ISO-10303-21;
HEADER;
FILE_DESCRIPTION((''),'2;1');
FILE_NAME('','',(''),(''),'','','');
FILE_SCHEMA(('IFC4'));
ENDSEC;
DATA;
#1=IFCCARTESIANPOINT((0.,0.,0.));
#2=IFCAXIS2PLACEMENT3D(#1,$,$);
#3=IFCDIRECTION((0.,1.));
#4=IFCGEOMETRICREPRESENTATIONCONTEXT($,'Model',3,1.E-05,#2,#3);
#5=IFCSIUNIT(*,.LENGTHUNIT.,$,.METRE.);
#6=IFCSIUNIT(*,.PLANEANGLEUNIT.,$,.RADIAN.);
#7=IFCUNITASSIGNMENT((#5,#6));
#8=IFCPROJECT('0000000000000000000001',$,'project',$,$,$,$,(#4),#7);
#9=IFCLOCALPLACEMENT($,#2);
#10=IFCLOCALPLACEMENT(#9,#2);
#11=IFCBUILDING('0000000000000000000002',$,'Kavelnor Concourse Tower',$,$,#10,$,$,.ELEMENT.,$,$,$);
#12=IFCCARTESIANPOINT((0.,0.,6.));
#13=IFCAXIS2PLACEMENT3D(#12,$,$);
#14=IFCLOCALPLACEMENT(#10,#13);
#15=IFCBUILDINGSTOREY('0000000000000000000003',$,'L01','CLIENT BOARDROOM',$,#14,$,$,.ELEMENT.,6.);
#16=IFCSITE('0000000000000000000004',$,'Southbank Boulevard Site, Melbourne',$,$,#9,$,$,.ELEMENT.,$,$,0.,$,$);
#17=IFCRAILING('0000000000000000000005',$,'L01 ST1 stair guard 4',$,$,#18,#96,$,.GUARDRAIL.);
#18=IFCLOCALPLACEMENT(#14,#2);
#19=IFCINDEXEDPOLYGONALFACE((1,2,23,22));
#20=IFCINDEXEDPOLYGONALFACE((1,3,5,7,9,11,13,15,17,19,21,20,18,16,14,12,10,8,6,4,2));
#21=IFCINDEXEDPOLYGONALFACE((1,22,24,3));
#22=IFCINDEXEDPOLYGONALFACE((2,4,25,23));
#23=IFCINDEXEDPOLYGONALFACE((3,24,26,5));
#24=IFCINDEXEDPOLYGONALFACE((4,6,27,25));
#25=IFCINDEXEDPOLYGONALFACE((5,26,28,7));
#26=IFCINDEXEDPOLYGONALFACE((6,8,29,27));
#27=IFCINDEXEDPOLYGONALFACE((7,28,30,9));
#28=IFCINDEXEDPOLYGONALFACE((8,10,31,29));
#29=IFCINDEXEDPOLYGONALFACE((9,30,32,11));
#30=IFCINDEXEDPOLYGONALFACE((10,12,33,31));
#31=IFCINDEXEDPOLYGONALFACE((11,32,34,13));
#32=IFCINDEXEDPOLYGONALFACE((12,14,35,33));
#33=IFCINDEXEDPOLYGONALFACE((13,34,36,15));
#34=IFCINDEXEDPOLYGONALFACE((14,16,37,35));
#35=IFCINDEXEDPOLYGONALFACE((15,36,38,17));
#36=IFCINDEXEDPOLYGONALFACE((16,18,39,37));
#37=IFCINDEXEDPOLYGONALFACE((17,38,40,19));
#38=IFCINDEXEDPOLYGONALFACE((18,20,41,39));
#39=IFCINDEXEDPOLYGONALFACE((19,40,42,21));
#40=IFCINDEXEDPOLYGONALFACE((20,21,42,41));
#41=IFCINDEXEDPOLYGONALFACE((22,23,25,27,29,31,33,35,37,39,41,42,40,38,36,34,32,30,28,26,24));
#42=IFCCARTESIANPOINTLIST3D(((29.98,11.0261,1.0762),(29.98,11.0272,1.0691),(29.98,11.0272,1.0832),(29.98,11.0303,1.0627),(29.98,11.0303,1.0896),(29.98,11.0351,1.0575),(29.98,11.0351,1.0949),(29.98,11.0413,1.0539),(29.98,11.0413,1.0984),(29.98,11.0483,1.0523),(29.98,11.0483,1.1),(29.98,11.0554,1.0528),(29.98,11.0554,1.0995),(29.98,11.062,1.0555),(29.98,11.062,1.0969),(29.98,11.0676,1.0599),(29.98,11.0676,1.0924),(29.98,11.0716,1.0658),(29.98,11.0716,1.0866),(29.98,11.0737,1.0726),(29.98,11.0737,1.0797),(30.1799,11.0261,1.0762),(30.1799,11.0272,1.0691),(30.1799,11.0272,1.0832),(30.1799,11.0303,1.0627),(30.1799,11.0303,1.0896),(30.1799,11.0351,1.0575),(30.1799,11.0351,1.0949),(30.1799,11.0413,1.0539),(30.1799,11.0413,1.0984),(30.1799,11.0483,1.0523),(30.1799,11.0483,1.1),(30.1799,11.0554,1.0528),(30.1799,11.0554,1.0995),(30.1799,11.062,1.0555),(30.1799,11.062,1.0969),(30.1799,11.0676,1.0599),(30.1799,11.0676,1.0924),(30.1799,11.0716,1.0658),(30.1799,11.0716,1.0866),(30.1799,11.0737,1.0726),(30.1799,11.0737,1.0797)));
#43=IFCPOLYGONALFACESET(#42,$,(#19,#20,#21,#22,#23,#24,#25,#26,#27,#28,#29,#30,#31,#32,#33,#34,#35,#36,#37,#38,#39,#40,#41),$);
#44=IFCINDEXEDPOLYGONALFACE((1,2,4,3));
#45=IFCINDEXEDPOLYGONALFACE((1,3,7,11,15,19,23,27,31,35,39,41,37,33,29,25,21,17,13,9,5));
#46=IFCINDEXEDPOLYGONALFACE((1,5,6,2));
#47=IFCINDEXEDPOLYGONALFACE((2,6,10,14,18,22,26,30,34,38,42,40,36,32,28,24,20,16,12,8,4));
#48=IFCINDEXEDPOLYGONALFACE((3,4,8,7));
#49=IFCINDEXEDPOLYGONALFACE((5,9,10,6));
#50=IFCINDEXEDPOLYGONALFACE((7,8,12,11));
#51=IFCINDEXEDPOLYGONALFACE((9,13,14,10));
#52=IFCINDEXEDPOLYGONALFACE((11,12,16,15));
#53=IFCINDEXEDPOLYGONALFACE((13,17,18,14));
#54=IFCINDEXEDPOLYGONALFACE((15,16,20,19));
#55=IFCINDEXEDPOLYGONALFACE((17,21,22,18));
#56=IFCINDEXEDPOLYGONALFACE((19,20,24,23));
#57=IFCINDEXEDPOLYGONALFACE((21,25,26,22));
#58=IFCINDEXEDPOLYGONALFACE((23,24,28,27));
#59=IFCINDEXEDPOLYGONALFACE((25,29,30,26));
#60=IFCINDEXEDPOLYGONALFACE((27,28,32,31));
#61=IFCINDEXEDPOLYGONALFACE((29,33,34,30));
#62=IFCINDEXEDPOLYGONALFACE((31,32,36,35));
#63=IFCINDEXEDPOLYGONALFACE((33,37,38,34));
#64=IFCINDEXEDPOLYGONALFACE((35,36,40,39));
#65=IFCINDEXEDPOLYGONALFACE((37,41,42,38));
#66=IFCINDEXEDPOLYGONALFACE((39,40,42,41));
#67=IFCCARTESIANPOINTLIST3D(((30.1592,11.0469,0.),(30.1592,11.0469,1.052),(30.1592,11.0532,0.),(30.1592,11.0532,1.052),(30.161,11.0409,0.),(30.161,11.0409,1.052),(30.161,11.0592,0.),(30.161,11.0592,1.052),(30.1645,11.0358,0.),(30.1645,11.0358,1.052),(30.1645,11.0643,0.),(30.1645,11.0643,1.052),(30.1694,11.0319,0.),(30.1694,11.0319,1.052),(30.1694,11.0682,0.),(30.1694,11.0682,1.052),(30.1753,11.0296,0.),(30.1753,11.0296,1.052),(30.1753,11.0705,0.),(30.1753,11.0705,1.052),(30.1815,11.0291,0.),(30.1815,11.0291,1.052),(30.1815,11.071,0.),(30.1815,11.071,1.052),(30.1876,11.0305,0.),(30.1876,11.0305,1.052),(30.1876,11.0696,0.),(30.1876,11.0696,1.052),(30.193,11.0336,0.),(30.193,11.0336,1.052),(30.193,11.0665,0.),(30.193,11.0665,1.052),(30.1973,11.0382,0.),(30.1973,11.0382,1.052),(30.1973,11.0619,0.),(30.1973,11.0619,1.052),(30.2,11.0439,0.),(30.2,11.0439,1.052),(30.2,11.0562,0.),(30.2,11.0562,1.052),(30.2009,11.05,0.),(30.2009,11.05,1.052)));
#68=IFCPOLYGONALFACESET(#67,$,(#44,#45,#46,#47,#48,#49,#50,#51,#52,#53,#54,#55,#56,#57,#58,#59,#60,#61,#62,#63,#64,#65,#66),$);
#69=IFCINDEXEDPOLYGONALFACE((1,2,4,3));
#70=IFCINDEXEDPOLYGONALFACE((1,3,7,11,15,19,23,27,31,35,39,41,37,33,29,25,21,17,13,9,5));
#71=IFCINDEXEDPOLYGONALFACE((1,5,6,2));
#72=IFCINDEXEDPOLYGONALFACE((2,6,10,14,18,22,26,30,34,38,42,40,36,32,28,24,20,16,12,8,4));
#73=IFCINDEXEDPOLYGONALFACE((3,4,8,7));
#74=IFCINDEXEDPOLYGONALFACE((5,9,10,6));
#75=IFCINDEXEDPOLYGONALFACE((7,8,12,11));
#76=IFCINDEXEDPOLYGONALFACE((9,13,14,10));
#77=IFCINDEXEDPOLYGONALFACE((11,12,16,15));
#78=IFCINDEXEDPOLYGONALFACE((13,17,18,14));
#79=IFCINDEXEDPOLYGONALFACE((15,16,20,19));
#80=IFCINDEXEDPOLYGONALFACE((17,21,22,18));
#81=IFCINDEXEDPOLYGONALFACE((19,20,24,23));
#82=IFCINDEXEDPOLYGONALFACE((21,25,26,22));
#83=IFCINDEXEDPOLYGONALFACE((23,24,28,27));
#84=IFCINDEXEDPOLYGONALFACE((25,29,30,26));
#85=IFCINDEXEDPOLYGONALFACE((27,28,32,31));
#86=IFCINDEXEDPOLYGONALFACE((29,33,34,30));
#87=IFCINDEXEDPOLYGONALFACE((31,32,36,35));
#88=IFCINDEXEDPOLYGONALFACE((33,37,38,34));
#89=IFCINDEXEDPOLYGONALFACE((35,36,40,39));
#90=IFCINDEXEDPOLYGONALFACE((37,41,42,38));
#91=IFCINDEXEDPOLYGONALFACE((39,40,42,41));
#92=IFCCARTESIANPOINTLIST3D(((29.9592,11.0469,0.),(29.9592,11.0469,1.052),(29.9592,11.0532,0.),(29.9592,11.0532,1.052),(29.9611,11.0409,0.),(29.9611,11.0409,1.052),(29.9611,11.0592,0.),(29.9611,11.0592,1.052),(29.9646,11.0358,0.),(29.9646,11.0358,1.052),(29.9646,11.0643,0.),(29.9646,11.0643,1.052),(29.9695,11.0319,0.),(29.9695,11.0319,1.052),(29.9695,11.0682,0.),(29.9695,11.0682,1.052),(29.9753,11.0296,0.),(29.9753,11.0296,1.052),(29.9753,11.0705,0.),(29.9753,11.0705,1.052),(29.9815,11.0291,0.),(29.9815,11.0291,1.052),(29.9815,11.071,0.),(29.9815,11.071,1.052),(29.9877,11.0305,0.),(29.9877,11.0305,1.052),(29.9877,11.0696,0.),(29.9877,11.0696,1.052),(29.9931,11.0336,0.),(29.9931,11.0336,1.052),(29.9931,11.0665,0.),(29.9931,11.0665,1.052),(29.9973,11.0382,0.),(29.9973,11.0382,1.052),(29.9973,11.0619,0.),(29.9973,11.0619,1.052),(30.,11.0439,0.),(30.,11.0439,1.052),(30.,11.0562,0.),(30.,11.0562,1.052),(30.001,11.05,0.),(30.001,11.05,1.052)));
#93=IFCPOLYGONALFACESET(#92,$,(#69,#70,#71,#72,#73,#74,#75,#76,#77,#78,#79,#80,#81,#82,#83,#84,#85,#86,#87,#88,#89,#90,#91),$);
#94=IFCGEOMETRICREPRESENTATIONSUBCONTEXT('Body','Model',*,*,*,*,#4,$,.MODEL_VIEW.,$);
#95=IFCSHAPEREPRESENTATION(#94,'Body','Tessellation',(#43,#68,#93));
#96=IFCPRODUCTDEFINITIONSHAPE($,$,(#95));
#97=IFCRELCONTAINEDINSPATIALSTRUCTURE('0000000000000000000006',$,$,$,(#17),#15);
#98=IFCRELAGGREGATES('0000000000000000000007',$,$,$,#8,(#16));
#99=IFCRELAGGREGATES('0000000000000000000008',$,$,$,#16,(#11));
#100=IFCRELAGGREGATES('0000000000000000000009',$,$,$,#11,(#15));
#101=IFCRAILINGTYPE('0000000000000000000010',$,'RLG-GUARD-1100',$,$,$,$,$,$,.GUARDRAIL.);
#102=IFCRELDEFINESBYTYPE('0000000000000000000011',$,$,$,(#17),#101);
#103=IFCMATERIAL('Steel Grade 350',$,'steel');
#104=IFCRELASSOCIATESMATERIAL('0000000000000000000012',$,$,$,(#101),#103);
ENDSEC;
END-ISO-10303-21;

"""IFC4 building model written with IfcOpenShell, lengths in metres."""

from ifc_helpers import new_model, si_unit, direction, frame, origin, origin_2d, place, context, subcontext, project, spatial, circle, extrude, material, type_object, element, save


model = new_model("IFC4")

# Units and contexts
model_context = context("Model", 3, precision=1e-05, world=origin(), true_north=direction((0.0, 1.0)))
body_context = subcontext(model_context, "Body", "Model", "MODEL_VIEW")
ifc_project = project(units=[si_unit("LENGTHUNIT", "METRE"), si_unit("PLANEANGLEUNIT", "RADIAN")], contexts=[model_context])

# Site, building, storey
site_placement = place(None, origin())
site = spatial("IfcSite", under=ifc_project, at=site_placement, Name="Southbank Boulevard Site, Melbourne", CompositionType="ELEMENT", RefElevation=0.0)
building_placement = place(site_placement, origin())
building = spatial("IfcBuilding", under=site, at=building_placement, Name="Kavelnor Concourse Tower", CompositionType="ELEMENT")
storey_placement = place(building_placement, frame((0.0, 0.0, 6.0)))
storey = spatial("IfcBuildingStorey", under=building, at=storey_placement, Name="L01", Description="CLIENT BOARDROOM", CompositionType="ELEMENT", Elevation=6.0)

# Shared definitions
ifc_material_1 = material(Name="Steel Grade 350", Category="steel")

# Railing
railing_type_1 = type_object("IfcRailingType", Name="RLG-GUARD-1100", PredefinedType="GUARDRAIL", material=ifc_material_1)
railing_1_placement = place(storey_placement, frame((30.1799, 11.05, 0.0)))
element("IfcRailing", 1, at=railing_1_placement, inside=storey, type_object=railing_type_1, Name="L01 ST1 stair guard 4", PredefinedType="GUARDRAIL", context=body_context, shape_type="SweptSolid", body=[
    extrude(circle(Radius=0.0239, at=origin_2d()), frame((0.0, 0.0, 1.0762), z_axis=(-1.0, 0.0, 0.0), x_axis=(0.0, -1.0, 0.0)), (0.0, 0.0, 1.0), 0.2),
    extrude(circle(Radius=0.021, at=origin_2d()), origin(), (0.0, 0.0, 1.0), 1.052),
    extrude(circle(Radius=0.021, at=origin_2d()), frame((-0.2, 0.0, 0.0)), (0.0, 0.0, 1.0), 1.052),
])

save(model, "model.ifc")
